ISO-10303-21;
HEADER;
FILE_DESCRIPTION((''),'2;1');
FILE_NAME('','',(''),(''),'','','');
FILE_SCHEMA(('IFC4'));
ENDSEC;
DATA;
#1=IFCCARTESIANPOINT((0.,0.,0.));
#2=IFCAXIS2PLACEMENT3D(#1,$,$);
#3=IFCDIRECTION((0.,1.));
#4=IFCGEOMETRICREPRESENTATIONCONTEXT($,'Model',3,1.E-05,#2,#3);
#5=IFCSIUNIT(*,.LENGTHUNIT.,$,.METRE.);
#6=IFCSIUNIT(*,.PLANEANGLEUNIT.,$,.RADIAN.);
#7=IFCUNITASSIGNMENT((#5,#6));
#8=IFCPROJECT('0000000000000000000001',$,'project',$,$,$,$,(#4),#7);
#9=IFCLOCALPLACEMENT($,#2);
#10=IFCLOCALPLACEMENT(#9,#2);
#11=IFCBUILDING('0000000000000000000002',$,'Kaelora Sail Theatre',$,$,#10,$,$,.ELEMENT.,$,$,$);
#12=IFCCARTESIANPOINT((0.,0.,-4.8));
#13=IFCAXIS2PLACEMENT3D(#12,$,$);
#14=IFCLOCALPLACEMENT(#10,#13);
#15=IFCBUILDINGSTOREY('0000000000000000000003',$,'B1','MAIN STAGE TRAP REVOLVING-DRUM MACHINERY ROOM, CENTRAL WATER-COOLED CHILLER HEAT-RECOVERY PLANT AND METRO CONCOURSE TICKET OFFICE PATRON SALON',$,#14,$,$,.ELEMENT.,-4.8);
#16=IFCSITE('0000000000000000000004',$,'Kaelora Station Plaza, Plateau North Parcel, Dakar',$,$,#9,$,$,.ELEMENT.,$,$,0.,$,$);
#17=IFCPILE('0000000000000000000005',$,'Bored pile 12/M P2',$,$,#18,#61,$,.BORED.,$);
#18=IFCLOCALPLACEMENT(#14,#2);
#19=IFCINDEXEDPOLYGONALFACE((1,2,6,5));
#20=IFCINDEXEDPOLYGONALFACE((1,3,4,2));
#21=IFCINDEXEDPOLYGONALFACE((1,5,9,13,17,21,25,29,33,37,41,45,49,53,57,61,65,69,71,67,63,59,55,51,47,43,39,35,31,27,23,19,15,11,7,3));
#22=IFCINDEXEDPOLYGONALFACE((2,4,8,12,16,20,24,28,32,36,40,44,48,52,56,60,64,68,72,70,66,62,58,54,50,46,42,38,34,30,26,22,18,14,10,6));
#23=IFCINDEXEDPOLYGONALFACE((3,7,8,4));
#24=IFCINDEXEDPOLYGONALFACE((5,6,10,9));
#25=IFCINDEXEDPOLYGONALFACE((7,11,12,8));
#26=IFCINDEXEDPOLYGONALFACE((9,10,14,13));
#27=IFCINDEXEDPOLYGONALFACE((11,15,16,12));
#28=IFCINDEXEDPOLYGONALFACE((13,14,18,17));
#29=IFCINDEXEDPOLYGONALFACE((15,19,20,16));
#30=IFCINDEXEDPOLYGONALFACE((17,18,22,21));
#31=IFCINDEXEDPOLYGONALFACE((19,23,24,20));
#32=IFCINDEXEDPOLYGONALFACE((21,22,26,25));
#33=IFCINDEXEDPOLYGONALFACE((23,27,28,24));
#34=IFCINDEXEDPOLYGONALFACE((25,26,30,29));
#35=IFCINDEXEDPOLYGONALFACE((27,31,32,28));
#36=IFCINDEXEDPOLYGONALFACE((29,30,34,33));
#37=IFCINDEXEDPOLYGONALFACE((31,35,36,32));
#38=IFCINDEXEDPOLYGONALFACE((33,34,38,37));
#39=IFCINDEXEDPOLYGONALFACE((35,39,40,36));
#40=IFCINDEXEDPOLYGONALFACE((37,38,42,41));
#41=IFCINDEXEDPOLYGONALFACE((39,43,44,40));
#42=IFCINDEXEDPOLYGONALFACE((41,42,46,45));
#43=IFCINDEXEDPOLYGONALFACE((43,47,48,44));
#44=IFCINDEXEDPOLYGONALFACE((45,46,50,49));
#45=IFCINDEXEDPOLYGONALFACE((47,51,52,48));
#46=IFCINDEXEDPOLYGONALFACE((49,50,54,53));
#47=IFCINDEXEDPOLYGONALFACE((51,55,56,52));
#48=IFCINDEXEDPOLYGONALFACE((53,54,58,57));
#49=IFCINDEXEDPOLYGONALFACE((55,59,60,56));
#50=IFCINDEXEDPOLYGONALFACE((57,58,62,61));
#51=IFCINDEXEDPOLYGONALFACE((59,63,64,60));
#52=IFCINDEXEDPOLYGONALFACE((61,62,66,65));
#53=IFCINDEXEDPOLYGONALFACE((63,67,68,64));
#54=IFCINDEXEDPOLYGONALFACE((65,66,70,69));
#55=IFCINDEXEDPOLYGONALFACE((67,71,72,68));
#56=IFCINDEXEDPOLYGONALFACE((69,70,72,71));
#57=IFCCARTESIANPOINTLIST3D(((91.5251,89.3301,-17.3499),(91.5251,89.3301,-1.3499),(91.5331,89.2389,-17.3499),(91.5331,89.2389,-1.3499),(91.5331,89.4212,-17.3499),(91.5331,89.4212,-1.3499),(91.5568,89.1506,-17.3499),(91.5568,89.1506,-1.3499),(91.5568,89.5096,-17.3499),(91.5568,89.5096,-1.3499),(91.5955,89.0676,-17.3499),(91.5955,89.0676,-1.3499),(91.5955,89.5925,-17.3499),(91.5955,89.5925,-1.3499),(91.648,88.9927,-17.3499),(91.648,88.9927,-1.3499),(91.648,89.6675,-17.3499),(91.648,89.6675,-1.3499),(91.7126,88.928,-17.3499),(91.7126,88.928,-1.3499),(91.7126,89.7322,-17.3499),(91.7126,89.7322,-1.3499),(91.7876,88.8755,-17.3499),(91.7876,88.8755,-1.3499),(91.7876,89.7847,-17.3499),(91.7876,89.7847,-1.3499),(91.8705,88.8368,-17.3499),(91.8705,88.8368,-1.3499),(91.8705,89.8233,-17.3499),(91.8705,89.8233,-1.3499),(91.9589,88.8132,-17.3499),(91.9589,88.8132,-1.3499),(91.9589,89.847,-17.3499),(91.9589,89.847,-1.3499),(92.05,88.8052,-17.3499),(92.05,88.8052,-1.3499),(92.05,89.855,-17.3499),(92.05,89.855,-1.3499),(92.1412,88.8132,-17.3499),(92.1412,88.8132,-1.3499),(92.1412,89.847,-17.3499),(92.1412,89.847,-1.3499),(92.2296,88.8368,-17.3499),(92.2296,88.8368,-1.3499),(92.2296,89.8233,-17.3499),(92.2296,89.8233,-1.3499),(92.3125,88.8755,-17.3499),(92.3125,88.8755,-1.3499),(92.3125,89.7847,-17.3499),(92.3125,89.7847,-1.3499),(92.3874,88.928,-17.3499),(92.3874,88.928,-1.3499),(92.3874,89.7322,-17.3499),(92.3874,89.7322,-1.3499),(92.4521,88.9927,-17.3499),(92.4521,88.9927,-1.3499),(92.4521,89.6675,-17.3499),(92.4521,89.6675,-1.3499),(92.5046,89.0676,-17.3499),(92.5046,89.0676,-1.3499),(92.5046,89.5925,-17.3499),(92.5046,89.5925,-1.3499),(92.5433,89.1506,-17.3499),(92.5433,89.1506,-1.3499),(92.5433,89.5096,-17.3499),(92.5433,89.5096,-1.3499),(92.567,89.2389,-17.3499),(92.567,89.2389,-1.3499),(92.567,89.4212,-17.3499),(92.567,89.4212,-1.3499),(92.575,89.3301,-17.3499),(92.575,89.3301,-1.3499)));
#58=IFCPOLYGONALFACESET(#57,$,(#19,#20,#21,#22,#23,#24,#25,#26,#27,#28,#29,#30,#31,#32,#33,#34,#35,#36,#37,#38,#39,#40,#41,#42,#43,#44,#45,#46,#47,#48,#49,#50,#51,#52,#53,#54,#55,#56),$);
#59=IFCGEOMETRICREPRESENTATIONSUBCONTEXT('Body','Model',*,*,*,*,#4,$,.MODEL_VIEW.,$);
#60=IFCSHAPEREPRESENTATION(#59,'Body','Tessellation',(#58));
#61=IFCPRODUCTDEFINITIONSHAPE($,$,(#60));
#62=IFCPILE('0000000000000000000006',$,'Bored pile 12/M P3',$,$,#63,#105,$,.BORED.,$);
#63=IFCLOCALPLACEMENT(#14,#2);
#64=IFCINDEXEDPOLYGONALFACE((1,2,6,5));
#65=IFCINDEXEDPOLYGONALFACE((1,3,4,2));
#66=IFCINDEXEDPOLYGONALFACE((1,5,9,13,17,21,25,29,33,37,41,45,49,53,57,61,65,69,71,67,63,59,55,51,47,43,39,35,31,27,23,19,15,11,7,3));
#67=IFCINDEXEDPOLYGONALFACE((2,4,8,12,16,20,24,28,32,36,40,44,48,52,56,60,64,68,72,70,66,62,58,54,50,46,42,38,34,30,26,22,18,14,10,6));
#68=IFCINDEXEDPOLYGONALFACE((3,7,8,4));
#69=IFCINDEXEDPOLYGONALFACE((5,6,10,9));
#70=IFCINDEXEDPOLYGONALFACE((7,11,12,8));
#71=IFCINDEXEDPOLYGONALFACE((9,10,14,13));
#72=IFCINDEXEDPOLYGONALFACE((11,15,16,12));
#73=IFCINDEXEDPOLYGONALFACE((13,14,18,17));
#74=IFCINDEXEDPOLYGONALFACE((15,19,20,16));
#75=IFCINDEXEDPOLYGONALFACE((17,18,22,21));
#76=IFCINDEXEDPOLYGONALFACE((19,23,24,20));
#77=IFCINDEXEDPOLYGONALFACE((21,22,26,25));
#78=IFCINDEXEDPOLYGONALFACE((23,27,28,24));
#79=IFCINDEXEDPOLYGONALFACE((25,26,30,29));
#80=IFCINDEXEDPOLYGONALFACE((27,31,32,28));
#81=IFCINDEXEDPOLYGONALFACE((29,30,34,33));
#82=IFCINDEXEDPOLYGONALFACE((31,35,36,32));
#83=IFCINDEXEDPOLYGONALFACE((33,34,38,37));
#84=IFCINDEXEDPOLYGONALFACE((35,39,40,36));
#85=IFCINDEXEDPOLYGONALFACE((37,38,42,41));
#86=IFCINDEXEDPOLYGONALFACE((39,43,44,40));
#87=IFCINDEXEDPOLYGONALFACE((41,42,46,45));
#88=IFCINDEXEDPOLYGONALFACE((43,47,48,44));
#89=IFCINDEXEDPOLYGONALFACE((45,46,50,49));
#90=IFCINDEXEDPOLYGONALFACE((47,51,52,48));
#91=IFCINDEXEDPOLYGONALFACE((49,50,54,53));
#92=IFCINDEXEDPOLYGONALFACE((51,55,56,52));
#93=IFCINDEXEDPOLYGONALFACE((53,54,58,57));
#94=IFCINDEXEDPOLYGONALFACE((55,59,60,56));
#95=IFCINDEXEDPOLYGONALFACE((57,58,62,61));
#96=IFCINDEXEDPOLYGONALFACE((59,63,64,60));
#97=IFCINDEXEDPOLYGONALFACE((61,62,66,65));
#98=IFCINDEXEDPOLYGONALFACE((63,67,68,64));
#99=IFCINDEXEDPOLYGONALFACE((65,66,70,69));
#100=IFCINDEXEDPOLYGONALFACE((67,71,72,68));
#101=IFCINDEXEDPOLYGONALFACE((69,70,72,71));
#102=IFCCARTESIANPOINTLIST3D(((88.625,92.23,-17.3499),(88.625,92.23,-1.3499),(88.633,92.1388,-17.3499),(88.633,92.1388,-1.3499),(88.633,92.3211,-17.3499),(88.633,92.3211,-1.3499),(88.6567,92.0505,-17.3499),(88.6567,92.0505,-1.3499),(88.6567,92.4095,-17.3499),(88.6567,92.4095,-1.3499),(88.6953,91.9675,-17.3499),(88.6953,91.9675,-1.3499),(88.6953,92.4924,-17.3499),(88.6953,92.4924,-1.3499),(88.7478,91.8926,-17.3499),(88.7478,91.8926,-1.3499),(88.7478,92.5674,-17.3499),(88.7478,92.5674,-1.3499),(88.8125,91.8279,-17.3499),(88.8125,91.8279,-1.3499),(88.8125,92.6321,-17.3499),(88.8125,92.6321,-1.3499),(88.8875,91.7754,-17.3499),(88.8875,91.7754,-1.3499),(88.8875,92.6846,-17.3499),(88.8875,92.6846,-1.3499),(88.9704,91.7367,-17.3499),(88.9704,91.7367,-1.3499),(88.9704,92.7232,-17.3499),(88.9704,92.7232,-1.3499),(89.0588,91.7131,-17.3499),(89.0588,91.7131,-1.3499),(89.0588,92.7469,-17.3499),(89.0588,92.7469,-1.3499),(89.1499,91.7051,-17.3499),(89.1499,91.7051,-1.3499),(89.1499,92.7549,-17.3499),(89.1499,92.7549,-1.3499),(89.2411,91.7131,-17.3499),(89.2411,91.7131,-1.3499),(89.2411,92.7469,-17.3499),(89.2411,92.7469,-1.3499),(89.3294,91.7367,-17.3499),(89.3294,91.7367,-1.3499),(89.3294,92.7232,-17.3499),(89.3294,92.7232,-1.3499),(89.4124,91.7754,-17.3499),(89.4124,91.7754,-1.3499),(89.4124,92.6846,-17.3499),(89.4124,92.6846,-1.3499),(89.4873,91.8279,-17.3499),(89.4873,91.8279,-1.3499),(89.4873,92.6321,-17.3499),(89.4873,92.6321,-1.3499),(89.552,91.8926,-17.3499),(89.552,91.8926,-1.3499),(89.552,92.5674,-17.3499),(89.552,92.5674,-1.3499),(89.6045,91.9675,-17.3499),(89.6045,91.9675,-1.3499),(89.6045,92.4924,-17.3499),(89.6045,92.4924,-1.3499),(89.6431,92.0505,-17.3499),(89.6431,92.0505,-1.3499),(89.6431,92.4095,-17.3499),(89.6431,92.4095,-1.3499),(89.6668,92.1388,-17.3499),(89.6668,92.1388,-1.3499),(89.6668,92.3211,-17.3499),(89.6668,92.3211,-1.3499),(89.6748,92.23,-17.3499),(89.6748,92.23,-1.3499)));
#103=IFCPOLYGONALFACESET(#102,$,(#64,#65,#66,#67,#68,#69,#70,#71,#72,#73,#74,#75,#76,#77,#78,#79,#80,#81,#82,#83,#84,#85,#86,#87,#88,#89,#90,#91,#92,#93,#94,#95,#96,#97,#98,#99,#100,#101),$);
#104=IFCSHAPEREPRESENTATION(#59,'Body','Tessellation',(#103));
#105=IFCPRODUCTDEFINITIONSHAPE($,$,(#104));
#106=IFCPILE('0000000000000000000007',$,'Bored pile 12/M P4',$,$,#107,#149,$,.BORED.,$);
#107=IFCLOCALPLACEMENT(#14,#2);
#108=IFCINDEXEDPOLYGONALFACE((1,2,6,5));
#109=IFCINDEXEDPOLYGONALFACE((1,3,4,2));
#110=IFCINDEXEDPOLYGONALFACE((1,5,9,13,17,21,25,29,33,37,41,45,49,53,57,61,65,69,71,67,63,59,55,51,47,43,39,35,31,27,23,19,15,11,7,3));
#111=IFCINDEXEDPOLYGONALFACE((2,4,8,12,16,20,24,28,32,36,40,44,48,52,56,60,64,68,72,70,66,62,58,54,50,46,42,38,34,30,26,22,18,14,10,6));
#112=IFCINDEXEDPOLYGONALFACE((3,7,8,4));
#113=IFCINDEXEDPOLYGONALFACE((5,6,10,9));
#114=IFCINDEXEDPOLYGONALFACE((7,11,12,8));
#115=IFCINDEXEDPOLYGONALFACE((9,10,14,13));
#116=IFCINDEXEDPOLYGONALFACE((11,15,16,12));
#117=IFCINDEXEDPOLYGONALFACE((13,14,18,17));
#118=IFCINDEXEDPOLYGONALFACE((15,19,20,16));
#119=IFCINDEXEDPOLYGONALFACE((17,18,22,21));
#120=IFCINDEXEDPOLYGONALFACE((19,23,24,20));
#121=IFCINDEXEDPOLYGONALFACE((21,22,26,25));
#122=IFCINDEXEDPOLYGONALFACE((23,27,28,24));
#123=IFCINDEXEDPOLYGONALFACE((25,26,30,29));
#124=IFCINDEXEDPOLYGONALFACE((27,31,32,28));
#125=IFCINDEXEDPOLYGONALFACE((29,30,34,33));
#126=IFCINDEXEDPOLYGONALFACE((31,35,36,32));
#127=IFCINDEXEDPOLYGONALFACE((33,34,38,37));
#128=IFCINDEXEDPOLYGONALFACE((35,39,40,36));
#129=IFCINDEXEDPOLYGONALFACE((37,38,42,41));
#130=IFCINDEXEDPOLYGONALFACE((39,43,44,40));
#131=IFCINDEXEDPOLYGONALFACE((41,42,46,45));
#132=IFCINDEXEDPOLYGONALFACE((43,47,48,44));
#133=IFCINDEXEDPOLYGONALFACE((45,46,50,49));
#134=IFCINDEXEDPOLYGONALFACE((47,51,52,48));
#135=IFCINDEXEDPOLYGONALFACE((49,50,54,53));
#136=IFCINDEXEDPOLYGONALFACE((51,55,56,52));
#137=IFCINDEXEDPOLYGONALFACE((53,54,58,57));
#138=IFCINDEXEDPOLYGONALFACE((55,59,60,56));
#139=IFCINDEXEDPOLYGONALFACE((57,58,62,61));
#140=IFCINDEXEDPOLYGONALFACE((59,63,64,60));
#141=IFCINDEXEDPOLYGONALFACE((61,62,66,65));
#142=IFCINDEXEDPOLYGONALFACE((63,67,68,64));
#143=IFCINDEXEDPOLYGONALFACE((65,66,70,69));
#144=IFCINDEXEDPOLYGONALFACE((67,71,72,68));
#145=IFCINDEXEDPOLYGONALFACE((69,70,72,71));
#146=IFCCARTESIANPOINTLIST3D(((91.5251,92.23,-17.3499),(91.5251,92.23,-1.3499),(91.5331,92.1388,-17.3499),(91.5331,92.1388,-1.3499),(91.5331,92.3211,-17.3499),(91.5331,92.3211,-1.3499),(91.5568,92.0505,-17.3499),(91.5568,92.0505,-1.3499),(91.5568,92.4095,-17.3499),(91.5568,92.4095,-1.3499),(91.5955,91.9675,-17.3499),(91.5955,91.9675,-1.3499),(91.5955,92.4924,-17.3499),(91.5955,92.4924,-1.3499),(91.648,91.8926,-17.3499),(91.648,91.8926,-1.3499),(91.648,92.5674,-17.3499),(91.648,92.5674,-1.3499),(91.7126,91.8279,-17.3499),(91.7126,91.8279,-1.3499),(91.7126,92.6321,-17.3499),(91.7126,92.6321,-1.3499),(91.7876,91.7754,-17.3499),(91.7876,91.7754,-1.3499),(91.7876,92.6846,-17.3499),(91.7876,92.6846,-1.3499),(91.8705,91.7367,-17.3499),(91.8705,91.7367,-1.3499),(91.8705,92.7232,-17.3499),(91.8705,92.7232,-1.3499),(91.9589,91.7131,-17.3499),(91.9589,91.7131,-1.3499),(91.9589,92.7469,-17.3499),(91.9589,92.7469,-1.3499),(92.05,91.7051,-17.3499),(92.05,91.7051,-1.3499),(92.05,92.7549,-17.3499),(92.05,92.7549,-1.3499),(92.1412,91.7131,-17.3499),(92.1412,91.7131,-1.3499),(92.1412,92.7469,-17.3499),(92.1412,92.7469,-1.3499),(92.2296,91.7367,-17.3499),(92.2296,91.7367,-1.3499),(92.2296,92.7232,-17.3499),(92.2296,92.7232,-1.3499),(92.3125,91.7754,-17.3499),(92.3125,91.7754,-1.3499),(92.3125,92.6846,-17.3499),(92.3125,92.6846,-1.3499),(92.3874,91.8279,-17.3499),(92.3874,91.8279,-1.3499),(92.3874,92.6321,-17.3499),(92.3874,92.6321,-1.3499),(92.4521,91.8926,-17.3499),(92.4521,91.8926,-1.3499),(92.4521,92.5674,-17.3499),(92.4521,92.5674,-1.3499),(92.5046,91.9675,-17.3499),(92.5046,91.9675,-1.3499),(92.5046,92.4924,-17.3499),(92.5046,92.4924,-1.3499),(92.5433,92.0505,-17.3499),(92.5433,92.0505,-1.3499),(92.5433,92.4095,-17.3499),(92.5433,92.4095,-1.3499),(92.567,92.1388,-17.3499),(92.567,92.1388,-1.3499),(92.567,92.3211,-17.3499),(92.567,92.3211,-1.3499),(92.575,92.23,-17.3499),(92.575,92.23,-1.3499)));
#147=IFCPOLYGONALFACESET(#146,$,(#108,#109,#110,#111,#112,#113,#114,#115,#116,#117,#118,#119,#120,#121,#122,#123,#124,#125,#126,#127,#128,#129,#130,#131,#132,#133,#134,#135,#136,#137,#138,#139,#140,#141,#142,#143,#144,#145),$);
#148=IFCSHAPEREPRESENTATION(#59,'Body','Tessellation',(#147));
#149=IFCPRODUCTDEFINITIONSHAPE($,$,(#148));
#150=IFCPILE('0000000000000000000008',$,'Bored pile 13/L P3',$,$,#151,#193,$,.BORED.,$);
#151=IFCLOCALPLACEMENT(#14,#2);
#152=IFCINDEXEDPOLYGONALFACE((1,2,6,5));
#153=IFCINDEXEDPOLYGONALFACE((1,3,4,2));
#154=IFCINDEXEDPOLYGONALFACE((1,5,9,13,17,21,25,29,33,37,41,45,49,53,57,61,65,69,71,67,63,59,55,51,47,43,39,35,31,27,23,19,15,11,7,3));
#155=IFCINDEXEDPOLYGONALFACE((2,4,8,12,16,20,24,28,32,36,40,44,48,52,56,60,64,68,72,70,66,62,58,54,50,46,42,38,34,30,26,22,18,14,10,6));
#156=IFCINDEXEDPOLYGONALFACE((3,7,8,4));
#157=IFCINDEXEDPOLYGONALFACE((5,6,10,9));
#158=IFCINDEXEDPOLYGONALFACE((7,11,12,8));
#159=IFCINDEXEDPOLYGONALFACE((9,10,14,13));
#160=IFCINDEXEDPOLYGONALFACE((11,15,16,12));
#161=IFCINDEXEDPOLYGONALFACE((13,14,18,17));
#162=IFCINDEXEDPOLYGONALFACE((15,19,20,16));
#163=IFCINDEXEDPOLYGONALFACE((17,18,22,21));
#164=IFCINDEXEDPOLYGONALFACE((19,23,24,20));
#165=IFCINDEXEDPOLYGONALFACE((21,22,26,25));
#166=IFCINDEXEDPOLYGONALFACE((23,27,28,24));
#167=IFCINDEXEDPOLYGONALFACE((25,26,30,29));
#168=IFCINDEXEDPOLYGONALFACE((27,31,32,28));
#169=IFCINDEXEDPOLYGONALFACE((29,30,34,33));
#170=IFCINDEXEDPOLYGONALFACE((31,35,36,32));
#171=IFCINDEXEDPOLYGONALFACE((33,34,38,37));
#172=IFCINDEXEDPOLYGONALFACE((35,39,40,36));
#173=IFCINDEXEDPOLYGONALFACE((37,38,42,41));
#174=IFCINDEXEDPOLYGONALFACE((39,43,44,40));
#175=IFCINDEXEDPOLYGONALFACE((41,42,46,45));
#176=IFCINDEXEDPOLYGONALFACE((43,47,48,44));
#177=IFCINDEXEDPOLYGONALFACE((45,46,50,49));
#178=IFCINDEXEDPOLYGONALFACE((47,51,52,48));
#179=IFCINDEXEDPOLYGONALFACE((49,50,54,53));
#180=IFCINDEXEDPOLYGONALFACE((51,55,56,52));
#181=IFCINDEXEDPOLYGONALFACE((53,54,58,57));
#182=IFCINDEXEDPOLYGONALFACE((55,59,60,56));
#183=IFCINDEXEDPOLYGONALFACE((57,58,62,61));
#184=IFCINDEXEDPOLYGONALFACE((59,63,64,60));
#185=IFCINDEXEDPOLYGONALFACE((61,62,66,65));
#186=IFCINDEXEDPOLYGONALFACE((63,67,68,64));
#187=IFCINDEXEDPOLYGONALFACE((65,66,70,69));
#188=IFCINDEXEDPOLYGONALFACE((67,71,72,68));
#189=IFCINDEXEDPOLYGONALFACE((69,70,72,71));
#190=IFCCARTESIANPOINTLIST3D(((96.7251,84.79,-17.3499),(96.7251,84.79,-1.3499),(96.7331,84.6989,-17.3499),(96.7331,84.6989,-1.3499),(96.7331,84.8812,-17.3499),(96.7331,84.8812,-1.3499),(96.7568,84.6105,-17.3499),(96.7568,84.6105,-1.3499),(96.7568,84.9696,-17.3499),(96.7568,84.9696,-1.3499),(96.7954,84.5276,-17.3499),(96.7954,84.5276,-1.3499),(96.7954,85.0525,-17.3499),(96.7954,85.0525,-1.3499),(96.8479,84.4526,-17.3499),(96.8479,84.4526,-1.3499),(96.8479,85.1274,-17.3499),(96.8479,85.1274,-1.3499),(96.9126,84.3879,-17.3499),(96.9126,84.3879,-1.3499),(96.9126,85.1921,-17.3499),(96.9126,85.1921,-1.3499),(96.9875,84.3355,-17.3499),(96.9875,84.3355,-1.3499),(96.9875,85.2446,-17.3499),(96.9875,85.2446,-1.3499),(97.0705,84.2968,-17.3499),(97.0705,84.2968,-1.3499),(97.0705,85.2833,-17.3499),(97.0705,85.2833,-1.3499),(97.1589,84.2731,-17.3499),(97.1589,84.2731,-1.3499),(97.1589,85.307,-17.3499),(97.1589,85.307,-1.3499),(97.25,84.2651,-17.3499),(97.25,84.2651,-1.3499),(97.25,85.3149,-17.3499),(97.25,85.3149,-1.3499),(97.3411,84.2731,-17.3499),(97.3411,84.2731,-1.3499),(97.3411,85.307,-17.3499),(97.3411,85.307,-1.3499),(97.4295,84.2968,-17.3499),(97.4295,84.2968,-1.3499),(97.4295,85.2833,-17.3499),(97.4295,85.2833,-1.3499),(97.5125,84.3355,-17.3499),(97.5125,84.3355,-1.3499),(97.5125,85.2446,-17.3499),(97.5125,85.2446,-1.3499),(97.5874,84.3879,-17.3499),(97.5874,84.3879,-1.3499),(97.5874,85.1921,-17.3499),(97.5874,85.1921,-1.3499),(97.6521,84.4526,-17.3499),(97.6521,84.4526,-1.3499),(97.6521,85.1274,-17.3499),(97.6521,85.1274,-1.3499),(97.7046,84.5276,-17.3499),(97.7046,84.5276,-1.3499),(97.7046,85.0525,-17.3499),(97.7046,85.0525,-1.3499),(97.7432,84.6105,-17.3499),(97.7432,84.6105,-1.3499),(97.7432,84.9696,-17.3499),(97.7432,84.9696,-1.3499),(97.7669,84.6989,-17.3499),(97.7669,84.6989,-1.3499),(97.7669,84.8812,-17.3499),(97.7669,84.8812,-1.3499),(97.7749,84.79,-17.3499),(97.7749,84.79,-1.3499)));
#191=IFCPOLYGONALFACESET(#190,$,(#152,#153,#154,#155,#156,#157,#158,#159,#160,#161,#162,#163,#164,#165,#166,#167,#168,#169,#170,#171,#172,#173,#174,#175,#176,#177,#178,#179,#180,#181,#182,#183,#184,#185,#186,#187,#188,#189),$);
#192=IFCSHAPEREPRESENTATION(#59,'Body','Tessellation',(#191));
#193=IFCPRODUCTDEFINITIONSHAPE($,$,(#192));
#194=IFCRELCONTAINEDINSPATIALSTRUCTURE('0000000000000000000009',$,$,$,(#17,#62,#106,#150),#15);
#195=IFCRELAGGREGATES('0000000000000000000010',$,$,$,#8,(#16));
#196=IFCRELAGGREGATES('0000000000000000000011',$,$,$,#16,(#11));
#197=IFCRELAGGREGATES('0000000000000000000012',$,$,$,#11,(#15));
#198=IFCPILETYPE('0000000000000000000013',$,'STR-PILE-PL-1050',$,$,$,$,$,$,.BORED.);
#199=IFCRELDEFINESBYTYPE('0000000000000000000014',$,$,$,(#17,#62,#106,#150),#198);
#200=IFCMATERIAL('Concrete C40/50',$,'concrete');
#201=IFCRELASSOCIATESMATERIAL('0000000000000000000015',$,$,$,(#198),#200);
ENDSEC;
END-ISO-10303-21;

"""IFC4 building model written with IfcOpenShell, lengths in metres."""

from ifc_helpers import new_model, si_unit, direction, frame, origin, origin_2d, place, context, subcontext, project, spatial, circle, extrude, material, material_profile, profile_set, type_object, element, save


model = new_model("IFC4")

# Units and contexts
model_context = context("Model", 3, precision=1e-05, world=origin(), true_north=direction((0.0, 1.0)))
body_context = subcontext(model_context, "Body", "Model", "MODEL_VIEW")
ifc_project = project(units=[si_unit("LENGTHUNIT", "METRE"), si_unit("PLANEANGLEUNIT", "RADIAN")], contexts=[model_context])

# Site, building, storey
site_placement = place(None, origin())
site = spatial("IfcSite", under=ifc_project, at=site_placement, Name="Kaelora Station Plaza, Plateau North Parcel, Dakar", CompositionType="ELEMENT", RefElevation=0.0)
building_placement = place(site_placement, origin())
building = spatial("IfcBuilding", under=site, at=building_placement, Name="Kaelora Sail Theatre", CompositionType="ELEMENT")
storey_placement = place(building_placement, frame((0.0, 0.0, -4.8)))
storey = spatial("IfcBuildingStorey", under=building, at=storey_placement, Name="B1", Description="MAIN STAGE TRAP REVOLVING-DRUM MACHINERY ROOM, CENTRAL WATER-COOLED CHILLER HEAT-RECOVERY PLANT AND METRO CONCOURSE TICKET OFFICE PATRON SALON", CompositionType="ELEMENT", Elevation=-4.8)

# Piles
ifc_material_1 = material(Name="Concrete C40/50", Category="concrete")
ifc_material_profile_1 = material_profile(ifc_material_1, circle(Radius=0.5249, at=origin_2d()), Name="PILE D1050")
ifc_profile_set_1 = profile_set([ifc_material_profile_1], Name="Concrete C40/50")
pile_type = type_object("IfcPileType", Name="STR-PILE-PL-1050", PredefinedType="BORED", material=ifc_profile_set_1)
for number, where, z_axis, x_axis, name in (
    (1, (92.05, 89.3301, -1.3499), (0.0, 0.0, -1.0), (1.0, 0.0, 0.0), "Bored pile 12/M P2"),
    (2, (89.1499, 92.23, -1.3499), (0.0, 0.0, -1.0), (1.0, 0.0, 0.0), "Bored pile 12/M P3"),
    (3, (92.05, 92.23, -1.3499), (0.0, 0.0, -1.0), (1.0, 0.0, 0.0), "Bored pile 12/M P4"),
    (4, (97.25, 84.79, -1.3499), (0.0, 0.0, -1.0), (1.0, 0.0, 0.0), "Bored pile 13/L P3"),
):
    element("IfcPile", number, at=place(storey_placement, frame(where, z_axis=z_axis, x_axis=x_axis)), inside=storey, type_object=pile_type, Name=name, PredefinedType="BORED", context=body_context, shape_type="SweptSolid", body=[
        extrude(circle(Radius=0.5249, at=origin_2d()), origin(), (0.0, 0.0, 1.0), 16.0),
    ])

save(model, "model.ifc")
